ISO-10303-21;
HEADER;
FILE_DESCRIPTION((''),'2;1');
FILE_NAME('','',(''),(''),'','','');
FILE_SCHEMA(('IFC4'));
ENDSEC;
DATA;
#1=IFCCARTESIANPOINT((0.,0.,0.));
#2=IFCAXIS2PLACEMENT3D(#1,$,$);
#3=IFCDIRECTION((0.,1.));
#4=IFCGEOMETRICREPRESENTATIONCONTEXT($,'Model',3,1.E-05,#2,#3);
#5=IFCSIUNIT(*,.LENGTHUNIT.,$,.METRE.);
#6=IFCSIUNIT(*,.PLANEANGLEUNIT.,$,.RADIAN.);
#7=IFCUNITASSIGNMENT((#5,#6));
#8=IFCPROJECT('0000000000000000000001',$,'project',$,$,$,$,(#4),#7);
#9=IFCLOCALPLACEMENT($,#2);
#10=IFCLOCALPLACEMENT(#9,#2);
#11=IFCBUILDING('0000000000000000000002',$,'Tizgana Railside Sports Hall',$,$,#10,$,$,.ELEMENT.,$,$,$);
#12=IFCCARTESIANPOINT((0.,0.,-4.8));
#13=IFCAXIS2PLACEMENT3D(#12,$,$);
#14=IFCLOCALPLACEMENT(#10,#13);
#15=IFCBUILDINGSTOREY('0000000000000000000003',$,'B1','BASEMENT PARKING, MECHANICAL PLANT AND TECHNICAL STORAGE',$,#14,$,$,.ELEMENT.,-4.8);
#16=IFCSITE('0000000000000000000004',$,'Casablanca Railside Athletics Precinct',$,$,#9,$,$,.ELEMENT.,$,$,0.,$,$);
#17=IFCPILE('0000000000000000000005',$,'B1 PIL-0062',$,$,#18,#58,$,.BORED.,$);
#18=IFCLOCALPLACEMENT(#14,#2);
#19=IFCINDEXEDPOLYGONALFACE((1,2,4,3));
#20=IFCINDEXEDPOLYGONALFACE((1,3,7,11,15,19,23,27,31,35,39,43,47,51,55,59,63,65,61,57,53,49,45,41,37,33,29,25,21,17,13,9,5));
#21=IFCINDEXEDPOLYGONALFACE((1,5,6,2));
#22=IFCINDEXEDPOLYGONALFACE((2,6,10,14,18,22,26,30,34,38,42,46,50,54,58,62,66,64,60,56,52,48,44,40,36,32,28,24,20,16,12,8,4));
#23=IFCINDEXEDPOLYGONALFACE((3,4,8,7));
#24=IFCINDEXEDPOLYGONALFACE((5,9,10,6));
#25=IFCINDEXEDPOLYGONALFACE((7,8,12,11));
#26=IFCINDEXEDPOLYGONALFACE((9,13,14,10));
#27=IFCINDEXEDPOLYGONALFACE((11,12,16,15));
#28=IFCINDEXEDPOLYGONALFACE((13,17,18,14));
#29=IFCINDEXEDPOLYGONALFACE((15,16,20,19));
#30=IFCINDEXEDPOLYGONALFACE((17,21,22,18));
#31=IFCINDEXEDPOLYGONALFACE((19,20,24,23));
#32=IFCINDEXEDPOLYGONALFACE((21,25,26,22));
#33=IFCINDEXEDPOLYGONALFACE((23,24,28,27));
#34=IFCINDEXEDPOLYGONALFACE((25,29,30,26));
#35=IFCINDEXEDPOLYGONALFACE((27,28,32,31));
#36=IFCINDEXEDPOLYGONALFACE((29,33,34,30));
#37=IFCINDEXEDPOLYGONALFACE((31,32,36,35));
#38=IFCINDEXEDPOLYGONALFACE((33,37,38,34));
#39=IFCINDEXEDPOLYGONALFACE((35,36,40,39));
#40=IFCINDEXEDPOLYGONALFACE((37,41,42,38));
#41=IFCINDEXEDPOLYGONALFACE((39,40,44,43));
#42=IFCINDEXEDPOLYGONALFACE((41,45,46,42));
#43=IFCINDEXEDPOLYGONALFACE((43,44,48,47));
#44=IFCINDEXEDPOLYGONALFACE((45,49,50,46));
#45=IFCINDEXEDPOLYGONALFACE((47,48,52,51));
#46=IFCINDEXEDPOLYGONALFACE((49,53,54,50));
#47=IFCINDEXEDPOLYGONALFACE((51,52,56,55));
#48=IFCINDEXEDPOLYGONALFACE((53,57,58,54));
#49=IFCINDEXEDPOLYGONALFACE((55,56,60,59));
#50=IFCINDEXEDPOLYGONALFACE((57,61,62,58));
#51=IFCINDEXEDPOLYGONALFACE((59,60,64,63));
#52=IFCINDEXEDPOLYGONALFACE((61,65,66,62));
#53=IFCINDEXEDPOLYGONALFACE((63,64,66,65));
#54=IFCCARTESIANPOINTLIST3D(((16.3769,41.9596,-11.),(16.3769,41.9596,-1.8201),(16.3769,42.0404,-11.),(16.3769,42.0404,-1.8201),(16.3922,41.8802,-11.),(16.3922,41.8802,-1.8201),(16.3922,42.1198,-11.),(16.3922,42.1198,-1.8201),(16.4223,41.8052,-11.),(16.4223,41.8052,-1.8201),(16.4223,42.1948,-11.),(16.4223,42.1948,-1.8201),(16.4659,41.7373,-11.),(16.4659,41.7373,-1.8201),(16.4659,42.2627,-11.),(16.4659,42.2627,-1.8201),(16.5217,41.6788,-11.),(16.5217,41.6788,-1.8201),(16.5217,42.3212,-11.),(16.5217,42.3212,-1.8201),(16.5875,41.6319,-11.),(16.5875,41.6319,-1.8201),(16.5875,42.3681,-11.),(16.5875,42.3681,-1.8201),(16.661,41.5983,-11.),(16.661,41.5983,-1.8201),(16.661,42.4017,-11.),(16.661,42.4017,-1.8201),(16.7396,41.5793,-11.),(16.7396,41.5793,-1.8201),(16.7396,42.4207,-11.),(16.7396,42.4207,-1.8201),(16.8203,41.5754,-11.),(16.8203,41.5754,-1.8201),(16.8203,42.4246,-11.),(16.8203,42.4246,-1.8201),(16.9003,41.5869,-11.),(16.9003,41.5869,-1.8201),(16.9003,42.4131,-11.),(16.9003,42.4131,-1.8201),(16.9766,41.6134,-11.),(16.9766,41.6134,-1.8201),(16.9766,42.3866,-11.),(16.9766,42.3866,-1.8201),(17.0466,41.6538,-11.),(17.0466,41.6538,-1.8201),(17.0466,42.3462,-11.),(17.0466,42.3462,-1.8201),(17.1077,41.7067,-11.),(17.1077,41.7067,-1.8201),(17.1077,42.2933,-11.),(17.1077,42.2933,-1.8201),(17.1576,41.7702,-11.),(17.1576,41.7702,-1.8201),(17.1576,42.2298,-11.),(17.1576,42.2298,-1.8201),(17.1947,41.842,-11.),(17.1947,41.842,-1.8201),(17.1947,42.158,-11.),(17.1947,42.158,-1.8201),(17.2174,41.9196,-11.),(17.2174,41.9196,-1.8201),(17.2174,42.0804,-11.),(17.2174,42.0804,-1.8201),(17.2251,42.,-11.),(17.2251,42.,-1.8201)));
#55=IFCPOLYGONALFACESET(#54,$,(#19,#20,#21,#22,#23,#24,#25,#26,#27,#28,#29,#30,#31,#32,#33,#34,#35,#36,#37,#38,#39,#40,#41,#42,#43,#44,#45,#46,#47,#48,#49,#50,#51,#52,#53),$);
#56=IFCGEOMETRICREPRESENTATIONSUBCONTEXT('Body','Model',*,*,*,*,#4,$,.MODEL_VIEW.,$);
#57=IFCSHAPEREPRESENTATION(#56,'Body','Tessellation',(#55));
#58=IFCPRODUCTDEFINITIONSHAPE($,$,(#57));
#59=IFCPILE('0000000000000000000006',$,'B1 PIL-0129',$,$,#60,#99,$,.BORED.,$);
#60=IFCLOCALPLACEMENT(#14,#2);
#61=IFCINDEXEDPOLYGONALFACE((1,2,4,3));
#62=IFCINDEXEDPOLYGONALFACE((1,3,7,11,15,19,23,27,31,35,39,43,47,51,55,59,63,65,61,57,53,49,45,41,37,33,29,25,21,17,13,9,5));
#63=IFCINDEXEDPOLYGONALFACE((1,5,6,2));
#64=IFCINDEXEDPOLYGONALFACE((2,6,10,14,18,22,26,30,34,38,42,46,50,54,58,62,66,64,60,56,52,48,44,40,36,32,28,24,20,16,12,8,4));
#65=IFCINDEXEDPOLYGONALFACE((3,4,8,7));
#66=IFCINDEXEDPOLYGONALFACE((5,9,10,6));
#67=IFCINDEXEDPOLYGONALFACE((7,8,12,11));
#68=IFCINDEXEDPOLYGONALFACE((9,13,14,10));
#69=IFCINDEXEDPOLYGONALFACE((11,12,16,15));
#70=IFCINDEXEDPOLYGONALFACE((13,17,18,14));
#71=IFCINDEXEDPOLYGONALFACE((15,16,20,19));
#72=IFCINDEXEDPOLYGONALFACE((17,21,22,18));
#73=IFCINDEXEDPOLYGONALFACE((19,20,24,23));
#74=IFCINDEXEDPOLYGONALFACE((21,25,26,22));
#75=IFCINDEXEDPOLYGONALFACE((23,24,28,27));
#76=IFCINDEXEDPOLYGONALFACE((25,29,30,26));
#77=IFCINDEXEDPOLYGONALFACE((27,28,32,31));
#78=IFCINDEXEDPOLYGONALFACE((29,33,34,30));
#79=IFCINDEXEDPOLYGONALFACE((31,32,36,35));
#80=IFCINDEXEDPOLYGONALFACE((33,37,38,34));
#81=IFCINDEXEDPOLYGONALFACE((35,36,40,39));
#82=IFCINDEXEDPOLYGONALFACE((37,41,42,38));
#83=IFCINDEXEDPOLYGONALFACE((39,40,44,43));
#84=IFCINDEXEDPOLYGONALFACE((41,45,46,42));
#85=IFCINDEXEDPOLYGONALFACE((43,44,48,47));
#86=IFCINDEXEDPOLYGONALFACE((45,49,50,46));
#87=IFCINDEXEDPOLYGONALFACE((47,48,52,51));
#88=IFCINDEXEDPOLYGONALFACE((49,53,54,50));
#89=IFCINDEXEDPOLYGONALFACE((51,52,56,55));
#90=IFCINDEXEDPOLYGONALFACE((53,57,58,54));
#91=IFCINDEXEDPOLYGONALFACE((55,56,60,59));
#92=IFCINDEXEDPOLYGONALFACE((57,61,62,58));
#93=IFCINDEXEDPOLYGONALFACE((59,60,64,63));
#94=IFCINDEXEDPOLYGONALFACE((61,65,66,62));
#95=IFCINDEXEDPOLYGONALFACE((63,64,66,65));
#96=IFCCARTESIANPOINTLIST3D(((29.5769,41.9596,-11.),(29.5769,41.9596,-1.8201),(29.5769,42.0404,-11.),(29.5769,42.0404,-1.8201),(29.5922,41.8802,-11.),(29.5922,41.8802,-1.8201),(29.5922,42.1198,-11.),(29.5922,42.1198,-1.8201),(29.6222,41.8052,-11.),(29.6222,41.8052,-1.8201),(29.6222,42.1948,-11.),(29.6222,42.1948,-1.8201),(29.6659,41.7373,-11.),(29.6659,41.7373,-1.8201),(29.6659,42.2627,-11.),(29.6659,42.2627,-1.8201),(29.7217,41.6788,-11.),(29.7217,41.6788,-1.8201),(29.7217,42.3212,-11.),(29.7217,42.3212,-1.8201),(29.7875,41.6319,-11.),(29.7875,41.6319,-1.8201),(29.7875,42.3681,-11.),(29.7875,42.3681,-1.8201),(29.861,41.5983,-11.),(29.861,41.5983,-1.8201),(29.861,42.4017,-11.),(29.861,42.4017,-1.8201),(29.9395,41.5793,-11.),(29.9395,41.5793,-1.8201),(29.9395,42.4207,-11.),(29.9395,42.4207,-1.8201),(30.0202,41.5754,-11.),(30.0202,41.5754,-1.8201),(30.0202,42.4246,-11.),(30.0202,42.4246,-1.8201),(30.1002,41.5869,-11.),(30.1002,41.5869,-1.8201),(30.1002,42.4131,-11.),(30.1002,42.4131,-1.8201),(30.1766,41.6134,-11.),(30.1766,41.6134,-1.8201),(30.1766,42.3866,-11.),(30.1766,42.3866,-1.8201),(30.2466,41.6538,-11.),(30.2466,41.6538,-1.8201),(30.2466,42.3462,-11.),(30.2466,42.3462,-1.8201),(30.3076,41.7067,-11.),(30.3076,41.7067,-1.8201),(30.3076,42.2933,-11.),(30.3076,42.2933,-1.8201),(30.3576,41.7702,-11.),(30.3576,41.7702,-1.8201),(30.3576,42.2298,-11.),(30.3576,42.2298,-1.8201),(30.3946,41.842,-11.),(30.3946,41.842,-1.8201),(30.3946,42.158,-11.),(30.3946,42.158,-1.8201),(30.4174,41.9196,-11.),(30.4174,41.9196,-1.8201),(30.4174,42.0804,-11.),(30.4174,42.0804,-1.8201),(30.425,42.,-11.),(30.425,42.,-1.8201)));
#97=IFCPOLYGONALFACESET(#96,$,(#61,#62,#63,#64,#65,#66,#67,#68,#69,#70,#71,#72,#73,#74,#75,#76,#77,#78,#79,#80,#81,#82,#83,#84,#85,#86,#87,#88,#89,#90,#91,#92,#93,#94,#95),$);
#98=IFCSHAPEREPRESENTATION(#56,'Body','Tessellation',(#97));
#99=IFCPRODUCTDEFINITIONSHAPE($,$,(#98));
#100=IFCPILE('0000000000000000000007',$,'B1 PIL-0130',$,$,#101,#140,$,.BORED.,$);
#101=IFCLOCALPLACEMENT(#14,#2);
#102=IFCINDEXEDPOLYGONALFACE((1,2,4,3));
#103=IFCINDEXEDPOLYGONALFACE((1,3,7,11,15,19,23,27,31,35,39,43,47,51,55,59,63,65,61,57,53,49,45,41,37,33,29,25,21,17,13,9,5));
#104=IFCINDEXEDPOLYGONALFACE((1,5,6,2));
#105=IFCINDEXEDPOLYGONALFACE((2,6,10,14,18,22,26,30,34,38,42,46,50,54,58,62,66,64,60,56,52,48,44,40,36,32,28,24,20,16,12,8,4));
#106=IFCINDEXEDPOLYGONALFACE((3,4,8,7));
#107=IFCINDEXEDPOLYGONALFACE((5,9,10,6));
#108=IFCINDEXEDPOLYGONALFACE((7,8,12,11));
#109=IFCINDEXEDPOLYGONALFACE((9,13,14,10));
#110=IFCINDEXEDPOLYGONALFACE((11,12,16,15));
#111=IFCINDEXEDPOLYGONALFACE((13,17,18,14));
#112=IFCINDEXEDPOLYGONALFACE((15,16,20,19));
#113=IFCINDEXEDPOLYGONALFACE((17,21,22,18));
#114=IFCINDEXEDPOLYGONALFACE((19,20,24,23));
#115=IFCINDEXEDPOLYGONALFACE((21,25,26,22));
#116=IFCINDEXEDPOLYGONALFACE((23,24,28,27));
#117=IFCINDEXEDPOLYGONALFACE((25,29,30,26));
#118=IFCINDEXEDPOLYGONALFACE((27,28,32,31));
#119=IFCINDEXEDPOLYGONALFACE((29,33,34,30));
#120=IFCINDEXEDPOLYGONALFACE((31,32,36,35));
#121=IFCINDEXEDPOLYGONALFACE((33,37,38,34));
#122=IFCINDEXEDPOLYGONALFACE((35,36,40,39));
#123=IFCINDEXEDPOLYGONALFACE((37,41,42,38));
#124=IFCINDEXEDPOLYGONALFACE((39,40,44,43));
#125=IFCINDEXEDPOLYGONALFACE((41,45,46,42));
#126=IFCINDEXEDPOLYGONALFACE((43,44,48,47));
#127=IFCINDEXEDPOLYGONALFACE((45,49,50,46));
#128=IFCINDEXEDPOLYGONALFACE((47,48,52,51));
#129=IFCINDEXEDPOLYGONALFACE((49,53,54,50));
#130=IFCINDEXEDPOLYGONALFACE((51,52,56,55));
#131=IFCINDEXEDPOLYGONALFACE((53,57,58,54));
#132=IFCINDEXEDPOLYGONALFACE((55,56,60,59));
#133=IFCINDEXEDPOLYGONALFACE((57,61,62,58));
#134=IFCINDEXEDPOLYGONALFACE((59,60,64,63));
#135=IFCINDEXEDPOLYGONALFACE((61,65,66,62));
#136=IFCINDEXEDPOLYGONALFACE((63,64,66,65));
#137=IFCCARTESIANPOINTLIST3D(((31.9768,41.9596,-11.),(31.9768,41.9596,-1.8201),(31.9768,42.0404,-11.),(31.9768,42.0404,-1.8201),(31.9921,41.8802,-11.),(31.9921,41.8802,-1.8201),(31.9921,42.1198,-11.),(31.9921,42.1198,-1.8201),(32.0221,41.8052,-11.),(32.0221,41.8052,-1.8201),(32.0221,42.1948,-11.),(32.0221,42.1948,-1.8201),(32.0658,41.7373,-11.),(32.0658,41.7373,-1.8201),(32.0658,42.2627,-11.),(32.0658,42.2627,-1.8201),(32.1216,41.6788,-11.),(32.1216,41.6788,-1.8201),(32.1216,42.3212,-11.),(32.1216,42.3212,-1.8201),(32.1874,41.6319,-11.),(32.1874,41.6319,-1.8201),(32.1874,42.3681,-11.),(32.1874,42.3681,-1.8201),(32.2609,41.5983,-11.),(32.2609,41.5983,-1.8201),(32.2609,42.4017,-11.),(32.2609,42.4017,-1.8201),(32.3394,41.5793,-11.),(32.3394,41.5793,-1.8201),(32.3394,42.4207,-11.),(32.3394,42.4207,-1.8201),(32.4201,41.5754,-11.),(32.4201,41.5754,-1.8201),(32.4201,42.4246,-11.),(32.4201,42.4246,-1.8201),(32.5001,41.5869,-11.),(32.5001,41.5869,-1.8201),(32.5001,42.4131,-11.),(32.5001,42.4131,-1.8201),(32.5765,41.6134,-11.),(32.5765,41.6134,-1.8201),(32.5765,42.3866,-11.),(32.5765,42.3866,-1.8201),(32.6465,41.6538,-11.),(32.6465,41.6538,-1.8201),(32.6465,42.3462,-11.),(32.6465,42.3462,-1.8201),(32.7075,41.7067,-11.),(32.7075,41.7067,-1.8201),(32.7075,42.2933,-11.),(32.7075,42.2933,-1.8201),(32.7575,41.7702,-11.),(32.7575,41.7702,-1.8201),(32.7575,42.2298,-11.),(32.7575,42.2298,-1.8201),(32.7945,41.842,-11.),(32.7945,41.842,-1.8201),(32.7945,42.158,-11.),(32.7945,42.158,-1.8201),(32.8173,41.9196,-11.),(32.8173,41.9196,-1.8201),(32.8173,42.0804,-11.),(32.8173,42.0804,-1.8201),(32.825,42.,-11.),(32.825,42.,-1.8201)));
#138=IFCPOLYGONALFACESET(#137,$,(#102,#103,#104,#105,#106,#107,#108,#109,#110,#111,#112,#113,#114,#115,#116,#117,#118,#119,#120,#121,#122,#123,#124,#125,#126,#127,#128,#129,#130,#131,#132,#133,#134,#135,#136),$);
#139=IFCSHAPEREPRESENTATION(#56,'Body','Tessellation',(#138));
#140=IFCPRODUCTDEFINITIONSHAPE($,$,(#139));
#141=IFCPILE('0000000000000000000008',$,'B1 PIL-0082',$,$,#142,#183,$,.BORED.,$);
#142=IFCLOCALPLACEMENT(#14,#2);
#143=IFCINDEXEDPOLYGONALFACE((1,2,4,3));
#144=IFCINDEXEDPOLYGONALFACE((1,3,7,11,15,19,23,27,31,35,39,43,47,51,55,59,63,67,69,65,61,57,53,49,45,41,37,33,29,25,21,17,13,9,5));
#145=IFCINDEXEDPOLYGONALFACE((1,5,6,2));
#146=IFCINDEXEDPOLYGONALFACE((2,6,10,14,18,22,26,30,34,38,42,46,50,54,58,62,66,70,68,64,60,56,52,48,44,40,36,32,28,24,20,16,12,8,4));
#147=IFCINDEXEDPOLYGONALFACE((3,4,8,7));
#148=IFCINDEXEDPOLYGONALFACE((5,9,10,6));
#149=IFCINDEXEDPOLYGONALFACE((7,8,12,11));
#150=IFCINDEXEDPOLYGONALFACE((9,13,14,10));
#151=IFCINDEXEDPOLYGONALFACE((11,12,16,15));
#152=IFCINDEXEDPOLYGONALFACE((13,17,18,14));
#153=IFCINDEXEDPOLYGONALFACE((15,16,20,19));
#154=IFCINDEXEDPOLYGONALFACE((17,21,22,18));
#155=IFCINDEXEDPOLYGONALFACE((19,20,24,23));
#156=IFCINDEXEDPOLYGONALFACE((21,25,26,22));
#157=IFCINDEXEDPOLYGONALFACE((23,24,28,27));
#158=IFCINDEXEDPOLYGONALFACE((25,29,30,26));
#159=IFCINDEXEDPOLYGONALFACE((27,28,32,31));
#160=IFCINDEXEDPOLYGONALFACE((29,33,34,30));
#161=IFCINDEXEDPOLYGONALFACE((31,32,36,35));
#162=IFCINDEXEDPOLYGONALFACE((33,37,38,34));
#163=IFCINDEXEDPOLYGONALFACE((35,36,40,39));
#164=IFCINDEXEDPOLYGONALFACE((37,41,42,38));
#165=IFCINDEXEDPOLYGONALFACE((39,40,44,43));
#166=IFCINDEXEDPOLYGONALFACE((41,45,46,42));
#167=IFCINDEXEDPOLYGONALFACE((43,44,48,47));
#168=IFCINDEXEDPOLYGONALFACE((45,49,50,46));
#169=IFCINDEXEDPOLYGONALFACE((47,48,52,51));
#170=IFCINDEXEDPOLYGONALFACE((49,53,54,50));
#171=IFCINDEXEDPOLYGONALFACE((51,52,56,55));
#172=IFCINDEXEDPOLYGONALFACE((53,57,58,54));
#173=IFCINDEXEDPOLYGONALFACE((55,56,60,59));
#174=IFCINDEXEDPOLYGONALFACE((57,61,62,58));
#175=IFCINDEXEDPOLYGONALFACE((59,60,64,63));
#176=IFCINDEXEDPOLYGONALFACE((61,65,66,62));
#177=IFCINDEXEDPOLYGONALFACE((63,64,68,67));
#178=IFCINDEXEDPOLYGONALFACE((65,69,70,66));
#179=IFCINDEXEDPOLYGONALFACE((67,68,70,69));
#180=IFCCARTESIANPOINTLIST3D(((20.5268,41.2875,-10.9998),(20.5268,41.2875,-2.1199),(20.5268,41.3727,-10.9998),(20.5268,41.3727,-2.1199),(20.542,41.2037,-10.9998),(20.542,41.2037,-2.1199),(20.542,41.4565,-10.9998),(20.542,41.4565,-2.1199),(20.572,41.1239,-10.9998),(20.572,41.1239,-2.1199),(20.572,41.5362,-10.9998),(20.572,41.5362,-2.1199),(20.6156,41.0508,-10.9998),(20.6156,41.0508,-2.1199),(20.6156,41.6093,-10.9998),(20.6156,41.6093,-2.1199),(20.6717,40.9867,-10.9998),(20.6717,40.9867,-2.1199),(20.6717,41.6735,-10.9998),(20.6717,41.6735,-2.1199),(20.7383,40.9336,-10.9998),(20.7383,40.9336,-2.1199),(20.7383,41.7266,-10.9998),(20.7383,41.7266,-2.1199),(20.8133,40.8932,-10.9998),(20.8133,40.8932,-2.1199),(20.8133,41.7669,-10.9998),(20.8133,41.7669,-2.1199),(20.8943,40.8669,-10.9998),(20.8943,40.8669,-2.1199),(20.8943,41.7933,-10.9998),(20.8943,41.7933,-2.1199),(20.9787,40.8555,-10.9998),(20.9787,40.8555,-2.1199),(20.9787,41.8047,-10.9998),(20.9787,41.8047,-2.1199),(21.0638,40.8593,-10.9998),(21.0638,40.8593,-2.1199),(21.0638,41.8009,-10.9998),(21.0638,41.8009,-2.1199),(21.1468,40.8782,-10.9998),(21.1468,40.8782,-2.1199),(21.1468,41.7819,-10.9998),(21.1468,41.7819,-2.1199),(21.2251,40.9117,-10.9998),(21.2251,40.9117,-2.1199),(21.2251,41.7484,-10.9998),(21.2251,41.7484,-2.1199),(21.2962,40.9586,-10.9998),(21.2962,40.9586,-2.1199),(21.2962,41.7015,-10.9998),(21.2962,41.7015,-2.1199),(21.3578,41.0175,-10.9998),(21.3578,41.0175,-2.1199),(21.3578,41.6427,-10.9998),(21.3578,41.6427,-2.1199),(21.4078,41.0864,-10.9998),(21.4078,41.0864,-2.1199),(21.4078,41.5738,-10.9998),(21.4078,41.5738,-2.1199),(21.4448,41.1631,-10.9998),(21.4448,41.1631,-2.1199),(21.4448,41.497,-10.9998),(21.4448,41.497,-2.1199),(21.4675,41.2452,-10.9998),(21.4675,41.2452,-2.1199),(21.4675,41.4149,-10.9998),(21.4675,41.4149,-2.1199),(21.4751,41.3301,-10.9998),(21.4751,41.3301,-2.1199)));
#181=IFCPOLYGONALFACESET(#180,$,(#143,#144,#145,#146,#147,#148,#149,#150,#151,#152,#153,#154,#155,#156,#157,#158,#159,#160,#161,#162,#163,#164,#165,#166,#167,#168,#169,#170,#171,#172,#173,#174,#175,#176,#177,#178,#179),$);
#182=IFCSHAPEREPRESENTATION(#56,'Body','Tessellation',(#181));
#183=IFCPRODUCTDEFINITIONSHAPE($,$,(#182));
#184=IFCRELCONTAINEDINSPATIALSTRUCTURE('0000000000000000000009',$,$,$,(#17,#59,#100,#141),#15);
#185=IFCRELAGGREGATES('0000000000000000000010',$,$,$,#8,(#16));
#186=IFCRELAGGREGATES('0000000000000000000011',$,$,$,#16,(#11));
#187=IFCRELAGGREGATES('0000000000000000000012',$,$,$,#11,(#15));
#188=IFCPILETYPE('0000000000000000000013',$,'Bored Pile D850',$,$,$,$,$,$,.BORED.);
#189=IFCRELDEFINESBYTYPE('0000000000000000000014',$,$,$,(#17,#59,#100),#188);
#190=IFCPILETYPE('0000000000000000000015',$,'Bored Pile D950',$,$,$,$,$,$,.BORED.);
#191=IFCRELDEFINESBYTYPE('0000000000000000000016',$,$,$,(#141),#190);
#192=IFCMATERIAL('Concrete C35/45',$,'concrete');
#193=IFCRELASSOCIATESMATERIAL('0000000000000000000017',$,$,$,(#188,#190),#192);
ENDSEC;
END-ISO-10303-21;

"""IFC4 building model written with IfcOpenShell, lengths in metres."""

from ifc_helpers import new_model, si_unit, direction, frame, origin, origin_2d, place, context, subcontext, project, spatial, circle, extrude, material, material_profile, profile_set, type_object, element, save


model = new_model("IFC4")

# Units and contexts
model_context = context("Model", 3, precision=1e-05, world=origin(), true_north=direction((0.0, 1.0)))
body_context = subcontext(model_context, "Body", "Model", "MODEL_VIEW")
ifc_project = project(units=[si_unit("LENGTHUNIT", "METRE"), si_unit("PLANEANGLEUNIT", "RADIAN")], contexts=[model_context])

# Site, building, storey
site_placement = place(None, origin())
site = spatial("IfcSite", under=ifc_project, at=site_placement, Name="Casablanca Railside Athletics Precinct", CompositionType="ELEMENT", RefElevation=0.0)
building_placement = place(site_placement, origin())
building = spatial("IfcBuilding", under=site, at=building_placement, Name="Tizgana Railside Sports Hall", CompositionType="ELEMENT")
storey_placement = place(building_placement, frame((0.0, 0.0, -4.8)))
storey = spatial("IfcBuildingStorey", under=building, at=storey_placement, Name="B1", Description="BASEMENT PARKING, MECHANICAL PLANT AND TECHNICAL STORAGE", CompositionType="ELEMENT", Elevation=-4.8)

# Piles
ifc_material_1 = material(Name="Concrete C35/45", Category="concrete")
ifc_material_profile_1 = material_profile(ifc_material_1, circle(Radius=0.425, at=origin_2d()), Name="PILE D850")
ifc_profile_set_1 = profile_set([ifc_material_profile_1], Name="Concrete C35/45")
pile_type_1 = type_object("IfcPileType", Name="Bored Pile D850", PredefinedType="BORED", material=ifc_profile_set_1)
for number, where, z_axis, x_axis, name in (
    (1, (16.8, 42.0, -1.8201), (0.0, 0.0, -1.0), (1.0, 0.0, 0.0), "B1 PIL-0062"),
    (2, (30.0, 42.0, -1.8201), (0.0, 0.0, -1.0), (1.0, 0.0, 0.0), "B1 PIL-0129"),
    (3, (32.3999, 42.0, -1.8201), (0.0, 0.0, -1.0), (1.0, 0.0, 0.0), "B1 PIL-0130"),
):
    element("IfcPile", number, at=place(storey_placement, frame(where, z_axis=z_axis, x_axis=x_axis)), inside=storey, type_object=pile_type_1, Name=name, PredefinedType="BORED", context=body_context, shape_type="SweptSolid", body=[
        extrude(circle(Radius=0.425, at=origin_2d()), origin(), (0.0, 0.0, 1.0), 9.1799),
    ])
ifc_material_profile_2 = material_profile(ifc_material_1, circle(Radius=0.4751, at=origin_2d()), Name="PILE D950")
ifc_profile_set_2 = profile_set([ifc_material_profile_2], Name="Concrete C35/45")
pile_type_2 = type_object("IfcPileType", Name="Bored Pile D950", PredefinedType="BORED", material=ifc_profile_set_2)
for number, where, z_axis, x_axis, name in (
    (4, (21.0, 41.3301, -2.1199), (0.0, 0.0, -1.0), (1.0, 0.0, 0.0), "B1 PIL-0082"),
):
    element("IfcPile", number, at=place(storey_placement, frame(where, z_axis=z_axis, x_axis=x_axis)), inside=storey, type_object=pile_type_2, Name=name, PredefinedType="BORED", context=body_context, shape_type="SweptSolid", body=[
        extrude(circle(Radius=0.4751, at=origin_2d()), origin(), (0.0, 0.0, 1.0), 8.8799),
    ])

save(model, "model.ifc")
